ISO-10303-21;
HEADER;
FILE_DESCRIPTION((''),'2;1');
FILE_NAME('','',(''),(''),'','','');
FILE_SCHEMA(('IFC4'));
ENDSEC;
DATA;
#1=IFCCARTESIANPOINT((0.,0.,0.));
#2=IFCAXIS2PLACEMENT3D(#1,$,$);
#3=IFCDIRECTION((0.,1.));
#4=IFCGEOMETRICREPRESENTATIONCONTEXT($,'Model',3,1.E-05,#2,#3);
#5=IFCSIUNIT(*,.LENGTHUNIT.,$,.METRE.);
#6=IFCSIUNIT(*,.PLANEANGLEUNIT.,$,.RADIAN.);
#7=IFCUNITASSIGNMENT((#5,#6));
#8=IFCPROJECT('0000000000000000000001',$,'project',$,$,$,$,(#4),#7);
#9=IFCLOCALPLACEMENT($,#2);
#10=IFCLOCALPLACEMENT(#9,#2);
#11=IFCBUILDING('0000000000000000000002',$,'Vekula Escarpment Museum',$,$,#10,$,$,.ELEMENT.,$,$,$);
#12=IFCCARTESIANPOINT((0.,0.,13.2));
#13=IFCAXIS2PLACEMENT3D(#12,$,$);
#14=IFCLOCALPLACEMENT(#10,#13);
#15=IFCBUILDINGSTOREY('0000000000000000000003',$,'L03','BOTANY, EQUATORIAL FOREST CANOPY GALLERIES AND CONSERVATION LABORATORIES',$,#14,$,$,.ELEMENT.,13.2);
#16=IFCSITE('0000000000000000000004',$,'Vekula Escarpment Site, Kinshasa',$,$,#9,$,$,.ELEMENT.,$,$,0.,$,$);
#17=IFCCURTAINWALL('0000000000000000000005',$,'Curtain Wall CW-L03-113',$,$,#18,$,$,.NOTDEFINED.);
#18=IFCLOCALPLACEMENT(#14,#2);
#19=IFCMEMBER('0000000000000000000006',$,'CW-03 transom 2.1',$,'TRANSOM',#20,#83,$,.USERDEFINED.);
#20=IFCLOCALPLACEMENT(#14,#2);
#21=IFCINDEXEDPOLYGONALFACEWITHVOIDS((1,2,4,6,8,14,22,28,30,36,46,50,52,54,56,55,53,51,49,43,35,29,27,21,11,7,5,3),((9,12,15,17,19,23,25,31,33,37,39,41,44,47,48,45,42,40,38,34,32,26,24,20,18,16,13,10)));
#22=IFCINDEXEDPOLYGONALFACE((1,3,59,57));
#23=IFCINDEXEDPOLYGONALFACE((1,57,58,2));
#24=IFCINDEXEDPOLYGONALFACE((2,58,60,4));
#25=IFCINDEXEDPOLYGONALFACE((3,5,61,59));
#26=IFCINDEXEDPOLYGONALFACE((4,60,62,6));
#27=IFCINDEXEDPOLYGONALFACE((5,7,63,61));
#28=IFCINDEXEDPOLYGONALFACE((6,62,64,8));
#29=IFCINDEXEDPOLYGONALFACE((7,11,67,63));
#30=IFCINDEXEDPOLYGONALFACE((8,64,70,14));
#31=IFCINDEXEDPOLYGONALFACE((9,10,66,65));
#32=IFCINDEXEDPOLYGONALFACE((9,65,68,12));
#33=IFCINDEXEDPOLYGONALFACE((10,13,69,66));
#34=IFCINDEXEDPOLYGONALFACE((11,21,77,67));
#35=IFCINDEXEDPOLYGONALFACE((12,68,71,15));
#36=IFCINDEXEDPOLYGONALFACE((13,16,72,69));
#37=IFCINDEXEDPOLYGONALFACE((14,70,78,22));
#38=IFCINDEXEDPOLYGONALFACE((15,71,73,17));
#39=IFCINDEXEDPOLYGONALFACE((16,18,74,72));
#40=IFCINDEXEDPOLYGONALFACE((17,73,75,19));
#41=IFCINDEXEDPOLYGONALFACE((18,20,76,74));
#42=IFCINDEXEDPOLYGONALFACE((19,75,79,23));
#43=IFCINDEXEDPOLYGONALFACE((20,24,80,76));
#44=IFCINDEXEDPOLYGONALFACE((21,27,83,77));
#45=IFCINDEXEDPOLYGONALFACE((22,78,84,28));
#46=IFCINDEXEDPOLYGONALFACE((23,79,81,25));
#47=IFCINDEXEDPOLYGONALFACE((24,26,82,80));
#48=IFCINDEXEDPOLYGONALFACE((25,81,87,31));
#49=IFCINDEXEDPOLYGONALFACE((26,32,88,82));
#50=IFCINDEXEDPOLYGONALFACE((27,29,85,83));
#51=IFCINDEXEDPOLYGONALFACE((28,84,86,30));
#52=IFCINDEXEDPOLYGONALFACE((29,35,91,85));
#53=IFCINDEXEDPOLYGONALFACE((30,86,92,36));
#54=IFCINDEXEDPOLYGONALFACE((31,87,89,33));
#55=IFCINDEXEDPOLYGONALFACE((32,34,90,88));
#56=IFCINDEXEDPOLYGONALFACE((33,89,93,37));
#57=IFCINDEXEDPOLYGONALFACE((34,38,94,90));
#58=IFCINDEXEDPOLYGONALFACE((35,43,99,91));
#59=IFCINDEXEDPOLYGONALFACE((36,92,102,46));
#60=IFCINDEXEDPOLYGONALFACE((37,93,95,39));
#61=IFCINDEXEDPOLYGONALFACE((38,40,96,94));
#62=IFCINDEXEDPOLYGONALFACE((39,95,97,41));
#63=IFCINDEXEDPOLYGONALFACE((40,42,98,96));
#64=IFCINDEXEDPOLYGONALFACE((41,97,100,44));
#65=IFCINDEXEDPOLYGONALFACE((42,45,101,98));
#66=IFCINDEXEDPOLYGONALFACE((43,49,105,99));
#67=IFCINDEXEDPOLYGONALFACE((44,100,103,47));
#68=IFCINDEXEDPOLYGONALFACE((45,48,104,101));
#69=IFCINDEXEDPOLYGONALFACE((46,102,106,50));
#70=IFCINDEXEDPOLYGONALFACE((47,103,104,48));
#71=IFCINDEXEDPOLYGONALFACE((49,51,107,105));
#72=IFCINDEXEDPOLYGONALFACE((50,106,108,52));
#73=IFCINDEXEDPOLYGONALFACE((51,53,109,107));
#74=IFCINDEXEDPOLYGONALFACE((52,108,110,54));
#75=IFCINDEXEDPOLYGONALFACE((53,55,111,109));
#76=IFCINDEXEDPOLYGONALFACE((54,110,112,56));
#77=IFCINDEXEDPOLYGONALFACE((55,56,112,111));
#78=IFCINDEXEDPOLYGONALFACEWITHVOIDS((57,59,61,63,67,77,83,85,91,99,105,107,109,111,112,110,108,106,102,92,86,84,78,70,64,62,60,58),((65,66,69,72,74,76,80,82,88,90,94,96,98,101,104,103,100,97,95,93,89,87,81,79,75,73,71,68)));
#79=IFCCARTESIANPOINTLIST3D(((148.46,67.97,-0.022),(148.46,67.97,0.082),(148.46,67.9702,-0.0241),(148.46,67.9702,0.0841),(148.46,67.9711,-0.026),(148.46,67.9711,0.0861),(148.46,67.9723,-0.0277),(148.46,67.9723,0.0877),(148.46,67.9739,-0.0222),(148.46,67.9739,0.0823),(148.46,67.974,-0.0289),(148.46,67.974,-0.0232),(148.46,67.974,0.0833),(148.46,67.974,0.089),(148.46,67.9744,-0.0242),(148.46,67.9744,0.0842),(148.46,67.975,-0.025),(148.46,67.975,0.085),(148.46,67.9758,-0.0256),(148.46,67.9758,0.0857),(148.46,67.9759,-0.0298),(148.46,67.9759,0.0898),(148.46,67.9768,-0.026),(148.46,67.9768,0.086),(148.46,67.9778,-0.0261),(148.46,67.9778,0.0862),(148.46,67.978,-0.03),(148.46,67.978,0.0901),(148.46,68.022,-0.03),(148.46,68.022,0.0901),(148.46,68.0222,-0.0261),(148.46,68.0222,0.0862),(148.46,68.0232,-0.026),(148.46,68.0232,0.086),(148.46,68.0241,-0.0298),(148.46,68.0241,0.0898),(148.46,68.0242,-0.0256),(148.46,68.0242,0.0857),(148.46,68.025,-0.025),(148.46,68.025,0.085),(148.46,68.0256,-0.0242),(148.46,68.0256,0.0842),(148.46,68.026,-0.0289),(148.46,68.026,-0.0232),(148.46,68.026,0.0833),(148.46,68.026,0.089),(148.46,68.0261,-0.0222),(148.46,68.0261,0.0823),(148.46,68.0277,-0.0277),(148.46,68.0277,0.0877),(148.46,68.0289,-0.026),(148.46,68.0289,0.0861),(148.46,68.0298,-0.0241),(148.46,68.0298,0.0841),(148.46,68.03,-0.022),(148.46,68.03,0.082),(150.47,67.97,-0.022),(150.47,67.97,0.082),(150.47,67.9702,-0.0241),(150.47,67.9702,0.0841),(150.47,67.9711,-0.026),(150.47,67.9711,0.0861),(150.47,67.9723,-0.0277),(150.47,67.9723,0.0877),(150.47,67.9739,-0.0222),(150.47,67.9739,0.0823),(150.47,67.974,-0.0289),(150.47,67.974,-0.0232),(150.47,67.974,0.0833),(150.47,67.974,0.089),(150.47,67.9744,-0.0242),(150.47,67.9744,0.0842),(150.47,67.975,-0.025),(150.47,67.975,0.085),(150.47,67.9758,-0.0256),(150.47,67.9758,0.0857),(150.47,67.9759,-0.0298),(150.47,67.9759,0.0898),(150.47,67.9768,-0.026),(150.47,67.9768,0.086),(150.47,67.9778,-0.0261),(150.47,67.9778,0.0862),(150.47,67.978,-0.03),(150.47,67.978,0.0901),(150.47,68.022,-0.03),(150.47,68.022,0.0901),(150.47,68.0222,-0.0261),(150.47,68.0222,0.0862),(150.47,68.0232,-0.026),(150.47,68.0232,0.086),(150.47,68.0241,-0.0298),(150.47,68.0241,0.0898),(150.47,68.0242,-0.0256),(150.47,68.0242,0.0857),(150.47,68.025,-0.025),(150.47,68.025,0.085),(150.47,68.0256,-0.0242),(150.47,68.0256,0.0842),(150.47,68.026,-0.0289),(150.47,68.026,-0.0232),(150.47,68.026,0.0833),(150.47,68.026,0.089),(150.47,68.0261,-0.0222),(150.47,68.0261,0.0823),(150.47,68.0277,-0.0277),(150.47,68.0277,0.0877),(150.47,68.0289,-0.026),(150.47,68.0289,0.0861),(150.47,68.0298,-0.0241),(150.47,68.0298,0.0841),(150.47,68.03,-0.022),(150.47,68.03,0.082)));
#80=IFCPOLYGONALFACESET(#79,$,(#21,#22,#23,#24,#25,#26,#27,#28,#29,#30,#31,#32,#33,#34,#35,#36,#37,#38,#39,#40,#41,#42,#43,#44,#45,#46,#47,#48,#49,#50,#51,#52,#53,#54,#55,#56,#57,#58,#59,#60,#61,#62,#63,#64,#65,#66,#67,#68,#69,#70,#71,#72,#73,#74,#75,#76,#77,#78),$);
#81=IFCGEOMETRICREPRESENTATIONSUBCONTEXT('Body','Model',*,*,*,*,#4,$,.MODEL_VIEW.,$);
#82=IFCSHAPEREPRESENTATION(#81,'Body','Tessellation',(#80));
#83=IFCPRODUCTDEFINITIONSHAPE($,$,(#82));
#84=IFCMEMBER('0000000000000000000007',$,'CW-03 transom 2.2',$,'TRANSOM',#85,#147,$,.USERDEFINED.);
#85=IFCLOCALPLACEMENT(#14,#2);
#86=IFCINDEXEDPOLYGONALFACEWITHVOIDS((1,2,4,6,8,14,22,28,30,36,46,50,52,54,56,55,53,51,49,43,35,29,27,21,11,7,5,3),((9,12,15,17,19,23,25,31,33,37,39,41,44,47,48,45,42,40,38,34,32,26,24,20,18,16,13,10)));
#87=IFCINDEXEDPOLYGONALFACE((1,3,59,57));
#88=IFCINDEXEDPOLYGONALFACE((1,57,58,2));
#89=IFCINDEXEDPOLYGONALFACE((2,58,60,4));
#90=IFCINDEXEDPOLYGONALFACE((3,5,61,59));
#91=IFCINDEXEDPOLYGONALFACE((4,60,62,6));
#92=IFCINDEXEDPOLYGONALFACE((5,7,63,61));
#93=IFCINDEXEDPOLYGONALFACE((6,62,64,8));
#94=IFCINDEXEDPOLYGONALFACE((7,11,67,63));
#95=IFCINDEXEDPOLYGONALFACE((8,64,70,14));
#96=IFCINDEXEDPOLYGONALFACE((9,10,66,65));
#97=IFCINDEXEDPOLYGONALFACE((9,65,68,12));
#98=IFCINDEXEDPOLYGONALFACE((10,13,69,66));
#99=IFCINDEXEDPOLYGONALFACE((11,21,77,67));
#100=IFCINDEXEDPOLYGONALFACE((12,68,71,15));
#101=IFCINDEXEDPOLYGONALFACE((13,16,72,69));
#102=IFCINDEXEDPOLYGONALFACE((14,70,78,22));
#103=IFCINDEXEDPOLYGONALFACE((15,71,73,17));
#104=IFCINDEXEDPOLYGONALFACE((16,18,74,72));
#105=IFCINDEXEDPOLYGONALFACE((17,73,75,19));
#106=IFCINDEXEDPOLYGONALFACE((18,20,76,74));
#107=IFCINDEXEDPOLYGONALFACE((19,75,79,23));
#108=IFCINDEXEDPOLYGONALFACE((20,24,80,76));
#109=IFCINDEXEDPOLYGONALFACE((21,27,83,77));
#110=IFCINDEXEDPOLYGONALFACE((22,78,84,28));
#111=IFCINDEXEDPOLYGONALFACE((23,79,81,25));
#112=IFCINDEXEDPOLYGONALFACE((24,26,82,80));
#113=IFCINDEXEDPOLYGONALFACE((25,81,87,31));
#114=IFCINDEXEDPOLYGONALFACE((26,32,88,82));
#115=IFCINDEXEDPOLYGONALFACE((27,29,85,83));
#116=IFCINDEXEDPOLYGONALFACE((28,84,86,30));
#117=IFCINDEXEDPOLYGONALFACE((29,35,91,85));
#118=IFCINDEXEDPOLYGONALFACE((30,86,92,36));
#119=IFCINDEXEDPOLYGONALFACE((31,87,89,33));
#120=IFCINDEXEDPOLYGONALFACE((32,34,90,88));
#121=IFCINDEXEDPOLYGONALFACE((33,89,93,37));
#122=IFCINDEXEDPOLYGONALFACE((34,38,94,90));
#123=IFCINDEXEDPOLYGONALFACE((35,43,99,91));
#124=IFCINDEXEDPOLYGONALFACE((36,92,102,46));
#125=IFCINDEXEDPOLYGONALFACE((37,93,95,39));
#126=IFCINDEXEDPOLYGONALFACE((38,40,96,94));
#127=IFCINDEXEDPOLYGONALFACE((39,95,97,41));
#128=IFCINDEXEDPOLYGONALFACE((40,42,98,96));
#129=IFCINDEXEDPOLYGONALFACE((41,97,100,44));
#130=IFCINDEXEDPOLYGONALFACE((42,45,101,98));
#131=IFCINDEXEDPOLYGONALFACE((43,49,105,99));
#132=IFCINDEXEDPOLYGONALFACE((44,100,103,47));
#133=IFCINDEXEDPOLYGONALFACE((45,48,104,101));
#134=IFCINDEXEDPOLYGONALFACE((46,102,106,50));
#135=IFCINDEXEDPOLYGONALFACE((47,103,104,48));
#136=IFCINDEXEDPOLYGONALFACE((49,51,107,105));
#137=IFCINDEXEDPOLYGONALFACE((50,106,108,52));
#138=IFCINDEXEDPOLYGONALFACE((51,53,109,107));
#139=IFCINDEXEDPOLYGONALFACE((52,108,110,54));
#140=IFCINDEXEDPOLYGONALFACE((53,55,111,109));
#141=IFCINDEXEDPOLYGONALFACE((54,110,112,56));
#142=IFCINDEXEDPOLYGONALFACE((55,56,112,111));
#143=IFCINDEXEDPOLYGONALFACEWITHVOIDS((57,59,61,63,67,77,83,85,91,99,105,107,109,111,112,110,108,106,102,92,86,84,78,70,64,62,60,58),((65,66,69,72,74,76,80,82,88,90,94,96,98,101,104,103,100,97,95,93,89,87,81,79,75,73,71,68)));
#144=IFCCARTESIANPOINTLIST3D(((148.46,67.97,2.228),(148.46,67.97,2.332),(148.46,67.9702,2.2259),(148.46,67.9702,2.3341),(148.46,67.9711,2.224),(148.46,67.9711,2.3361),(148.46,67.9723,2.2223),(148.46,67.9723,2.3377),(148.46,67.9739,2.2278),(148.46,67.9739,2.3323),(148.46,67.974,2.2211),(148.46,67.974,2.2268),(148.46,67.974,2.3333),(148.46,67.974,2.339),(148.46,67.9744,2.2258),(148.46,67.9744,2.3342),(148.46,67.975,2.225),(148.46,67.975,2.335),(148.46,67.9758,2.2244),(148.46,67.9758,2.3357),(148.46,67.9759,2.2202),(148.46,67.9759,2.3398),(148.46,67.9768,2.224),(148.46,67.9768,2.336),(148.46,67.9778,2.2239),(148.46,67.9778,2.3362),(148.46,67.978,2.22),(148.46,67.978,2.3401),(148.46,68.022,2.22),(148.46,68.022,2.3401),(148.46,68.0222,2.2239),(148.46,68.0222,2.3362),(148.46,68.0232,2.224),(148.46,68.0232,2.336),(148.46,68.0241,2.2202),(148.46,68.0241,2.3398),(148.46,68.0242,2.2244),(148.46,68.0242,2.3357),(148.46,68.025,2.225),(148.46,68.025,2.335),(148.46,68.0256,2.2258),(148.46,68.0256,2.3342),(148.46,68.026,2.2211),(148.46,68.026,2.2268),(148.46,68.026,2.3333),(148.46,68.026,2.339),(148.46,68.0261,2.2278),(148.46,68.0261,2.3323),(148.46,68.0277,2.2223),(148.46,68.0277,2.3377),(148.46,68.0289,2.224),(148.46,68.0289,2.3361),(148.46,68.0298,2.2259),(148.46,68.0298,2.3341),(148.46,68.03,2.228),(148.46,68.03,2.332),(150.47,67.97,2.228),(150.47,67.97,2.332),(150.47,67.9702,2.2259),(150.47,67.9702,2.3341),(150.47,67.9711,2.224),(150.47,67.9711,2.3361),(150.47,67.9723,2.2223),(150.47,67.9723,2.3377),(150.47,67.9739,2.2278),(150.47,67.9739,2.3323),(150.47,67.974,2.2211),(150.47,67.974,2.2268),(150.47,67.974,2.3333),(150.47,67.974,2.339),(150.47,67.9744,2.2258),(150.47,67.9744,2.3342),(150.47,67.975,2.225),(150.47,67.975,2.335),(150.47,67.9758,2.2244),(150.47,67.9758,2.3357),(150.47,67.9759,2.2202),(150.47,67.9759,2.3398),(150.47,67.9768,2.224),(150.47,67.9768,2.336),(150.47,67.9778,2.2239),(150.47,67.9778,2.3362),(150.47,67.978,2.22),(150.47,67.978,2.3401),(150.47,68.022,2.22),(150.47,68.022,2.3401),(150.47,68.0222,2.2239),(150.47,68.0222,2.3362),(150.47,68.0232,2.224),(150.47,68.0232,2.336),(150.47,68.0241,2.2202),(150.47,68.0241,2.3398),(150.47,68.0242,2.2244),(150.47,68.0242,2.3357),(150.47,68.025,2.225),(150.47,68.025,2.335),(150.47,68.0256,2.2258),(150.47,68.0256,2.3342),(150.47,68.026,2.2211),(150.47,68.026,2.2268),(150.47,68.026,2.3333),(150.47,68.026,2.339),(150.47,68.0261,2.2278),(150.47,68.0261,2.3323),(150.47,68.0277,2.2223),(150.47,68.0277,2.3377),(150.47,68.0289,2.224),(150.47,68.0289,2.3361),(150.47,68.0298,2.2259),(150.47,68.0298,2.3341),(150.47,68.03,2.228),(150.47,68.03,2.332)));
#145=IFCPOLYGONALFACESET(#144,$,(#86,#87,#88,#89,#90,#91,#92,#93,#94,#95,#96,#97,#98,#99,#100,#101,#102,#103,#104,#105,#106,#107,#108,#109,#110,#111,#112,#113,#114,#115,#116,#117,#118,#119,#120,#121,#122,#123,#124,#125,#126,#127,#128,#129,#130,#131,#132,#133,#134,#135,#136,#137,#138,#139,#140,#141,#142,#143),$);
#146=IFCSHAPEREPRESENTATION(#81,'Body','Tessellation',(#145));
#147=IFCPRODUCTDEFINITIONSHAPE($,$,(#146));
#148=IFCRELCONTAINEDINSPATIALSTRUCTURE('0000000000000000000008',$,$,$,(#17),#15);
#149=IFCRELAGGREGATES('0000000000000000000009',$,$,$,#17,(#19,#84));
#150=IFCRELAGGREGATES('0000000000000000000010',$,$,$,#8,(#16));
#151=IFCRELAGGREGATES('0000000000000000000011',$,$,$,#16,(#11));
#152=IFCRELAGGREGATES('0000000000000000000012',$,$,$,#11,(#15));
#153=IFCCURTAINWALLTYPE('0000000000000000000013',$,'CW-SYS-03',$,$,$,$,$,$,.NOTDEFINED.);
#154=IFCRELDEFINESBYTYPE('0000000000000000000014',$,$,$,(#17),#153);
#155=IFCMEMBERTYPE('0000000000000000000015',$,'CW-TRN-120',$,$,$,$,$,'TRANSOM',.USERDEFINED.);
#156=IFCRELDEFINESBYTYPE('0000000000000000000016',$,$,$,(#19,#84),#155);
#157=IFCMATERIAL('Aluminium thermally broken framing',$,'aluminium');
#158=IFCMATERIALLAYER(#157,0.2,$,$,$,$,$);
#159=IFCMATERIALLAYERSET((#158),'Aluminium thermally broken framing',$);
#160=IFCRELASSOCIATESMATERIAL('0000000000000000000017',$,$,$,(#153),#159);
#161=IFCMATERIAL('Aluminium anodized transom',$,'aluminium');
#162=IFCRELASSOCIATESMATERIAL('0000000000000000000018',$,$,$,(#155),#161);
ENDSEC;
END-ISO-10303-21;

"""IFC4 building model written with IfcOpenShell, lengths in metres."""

from ifc_helpers import new_model, si_unit, direction, frame, origin, origin_2d, place, context, subcontext, project, spatial, hollow_rectangle, extrude, material, layer, layer_set, material_profile, profile_set, type_object, element, aggregate, save


model = new_model("IFC4")

# Units and contexts
model_context = context("Model", 3, precision=1e-05, world=origin(), true_north=direction((0.0, 1.0)))
body_context = subcontext(model_context, "Body", "Model", "MODEL_VIEW")
ifc_project = project(units=[si_unit("LENGTHUNIT", "METRE"), si_unit("PLANEANGLEUNIT", "RADIAN")], contexts=[model_context])

# Site, building, storey
site_placement = place(None, origin())
site = spatial("IfcSite", under=ifc_project, at=site_placement, Name="Vekula Escarpment Site, Kinshasa", CompositionType="ELEMENT", RefElevation=0.0)
building_placement = place(site_placement, origin())
building = spatial("IfcBuilding", under=site, at=building_placement, Name="Vekula Escarpment Museum", CompositionType="ELEMENT")
storey_placement = place(building_placement, frame((0.0, 0.0, 13.2)))
storey = spatial("IfcBuildingStorey", under=building, at=storey_placement, Name="L03", Description="BOTANY, EQUATORIAL FOREST CANOPY GALLERIES AND CONSERVATION LABORATORIES", CompositionType="ELEMENT", Elevation=13.2)

# Curtain wall
ifc_material_1 = material(Name="Aluminium thermally broken framing", Category="aluminium")
ifc_layer_1 = layer(ifc_material_1, 0.2)
ifc_layer_set_1 = layer_set([ifc_layer_1], Name="Aluminium thermally broken framing")
curtain_wall_type_1 = type_object("IfcCurtainWallType", Name="CW-SYS-03", PredefinedType="NOTDEFINED", material=ifc_layer_set_1)
curtain_wall_1_placement = place(storey_placement, origin())
curtain_wall_1 = element("IfcCurtainWall", 1, at=curtain_wall_1_placement, inside=storey, type_object=curtain_wall_type_1, Name="Curtain Wall CW-L03-113", PredefinedType="NOTDEFINED")

# Members
ifc_material_2 = material(Name="Aluminium anodized transom", Category="aluminium")
ifc_material_profile_1 = material_profile(ifc_material_2, hollow_rectangle(XDim=0.0601, YDim=0.1201, WallThickness=0.0039, InnerFilletRadius=0.0039, OuterFilletRadius=0.0081, at=origin_2d()), Name="ALU 120x60x4")
ifc_profile_set_1 = profile_set([ifc_material_profile_1], Name="Aluminium anodized transom")
member_type_1 = type_object("IfcMemberType", Name="CW-TRN-120", ElementType="TRANSOM", PredefinedType="USERDEFINED", material=ifc_profile_set_1)
member_1_placement = place(storey_placement, frame((148.46, 68.0, 0.03), z_axis=(1.0, 0.0, 0.0), x_axis=(0.0, 1.0, 0.0)))
member_1 = element("IfcMember", 2, at=member_1_placement, type_object=member_type_1, Name="CW-03 transom 2.1", ObjectType="TRANSOM", PredefinedType="USERDEFINED", context=body_context, shape_type="SweptSolid", body=[
    extrude(hollow_rectangle(XDim=0.0601, YDim=0.1201, WallThickness=0.0039, InnerFilletRadius=0.0039, OuterFilletRadius=0.0081, at=origin_2d()), origin(), (0.0, 0.0, 1.0), 2.01),
])
member_2_placement = place(storey_placement, frame((148.46, 68.0, 2.28), z_axis=(1.0, 0.0, 0.0), x_axis=(0.0, 1.0, 0.0)))
member_2 = element("IfcMember", 3, at=member_2_placement, type_object=member_type_1, Name="CW-03 transom 2.2", ObjectType="TRANSOM", PredefinedType="USERDEFINED", context=body_context, shape_type="SweptSolid", body=[
    extrude(hollow_rectangle(XDim=0.0601, YDim=0.1201, WallThickness=0.0039, InnerFilletRadius=0.0039, OuterFilletRadius=0.0081, at=origin_2d()), origin(), (0.0, 0.0, 1.0), 2.01),
])

aggregate(curtain_wall_1, [member_1, member_2])

save(model, "model.ifc")
